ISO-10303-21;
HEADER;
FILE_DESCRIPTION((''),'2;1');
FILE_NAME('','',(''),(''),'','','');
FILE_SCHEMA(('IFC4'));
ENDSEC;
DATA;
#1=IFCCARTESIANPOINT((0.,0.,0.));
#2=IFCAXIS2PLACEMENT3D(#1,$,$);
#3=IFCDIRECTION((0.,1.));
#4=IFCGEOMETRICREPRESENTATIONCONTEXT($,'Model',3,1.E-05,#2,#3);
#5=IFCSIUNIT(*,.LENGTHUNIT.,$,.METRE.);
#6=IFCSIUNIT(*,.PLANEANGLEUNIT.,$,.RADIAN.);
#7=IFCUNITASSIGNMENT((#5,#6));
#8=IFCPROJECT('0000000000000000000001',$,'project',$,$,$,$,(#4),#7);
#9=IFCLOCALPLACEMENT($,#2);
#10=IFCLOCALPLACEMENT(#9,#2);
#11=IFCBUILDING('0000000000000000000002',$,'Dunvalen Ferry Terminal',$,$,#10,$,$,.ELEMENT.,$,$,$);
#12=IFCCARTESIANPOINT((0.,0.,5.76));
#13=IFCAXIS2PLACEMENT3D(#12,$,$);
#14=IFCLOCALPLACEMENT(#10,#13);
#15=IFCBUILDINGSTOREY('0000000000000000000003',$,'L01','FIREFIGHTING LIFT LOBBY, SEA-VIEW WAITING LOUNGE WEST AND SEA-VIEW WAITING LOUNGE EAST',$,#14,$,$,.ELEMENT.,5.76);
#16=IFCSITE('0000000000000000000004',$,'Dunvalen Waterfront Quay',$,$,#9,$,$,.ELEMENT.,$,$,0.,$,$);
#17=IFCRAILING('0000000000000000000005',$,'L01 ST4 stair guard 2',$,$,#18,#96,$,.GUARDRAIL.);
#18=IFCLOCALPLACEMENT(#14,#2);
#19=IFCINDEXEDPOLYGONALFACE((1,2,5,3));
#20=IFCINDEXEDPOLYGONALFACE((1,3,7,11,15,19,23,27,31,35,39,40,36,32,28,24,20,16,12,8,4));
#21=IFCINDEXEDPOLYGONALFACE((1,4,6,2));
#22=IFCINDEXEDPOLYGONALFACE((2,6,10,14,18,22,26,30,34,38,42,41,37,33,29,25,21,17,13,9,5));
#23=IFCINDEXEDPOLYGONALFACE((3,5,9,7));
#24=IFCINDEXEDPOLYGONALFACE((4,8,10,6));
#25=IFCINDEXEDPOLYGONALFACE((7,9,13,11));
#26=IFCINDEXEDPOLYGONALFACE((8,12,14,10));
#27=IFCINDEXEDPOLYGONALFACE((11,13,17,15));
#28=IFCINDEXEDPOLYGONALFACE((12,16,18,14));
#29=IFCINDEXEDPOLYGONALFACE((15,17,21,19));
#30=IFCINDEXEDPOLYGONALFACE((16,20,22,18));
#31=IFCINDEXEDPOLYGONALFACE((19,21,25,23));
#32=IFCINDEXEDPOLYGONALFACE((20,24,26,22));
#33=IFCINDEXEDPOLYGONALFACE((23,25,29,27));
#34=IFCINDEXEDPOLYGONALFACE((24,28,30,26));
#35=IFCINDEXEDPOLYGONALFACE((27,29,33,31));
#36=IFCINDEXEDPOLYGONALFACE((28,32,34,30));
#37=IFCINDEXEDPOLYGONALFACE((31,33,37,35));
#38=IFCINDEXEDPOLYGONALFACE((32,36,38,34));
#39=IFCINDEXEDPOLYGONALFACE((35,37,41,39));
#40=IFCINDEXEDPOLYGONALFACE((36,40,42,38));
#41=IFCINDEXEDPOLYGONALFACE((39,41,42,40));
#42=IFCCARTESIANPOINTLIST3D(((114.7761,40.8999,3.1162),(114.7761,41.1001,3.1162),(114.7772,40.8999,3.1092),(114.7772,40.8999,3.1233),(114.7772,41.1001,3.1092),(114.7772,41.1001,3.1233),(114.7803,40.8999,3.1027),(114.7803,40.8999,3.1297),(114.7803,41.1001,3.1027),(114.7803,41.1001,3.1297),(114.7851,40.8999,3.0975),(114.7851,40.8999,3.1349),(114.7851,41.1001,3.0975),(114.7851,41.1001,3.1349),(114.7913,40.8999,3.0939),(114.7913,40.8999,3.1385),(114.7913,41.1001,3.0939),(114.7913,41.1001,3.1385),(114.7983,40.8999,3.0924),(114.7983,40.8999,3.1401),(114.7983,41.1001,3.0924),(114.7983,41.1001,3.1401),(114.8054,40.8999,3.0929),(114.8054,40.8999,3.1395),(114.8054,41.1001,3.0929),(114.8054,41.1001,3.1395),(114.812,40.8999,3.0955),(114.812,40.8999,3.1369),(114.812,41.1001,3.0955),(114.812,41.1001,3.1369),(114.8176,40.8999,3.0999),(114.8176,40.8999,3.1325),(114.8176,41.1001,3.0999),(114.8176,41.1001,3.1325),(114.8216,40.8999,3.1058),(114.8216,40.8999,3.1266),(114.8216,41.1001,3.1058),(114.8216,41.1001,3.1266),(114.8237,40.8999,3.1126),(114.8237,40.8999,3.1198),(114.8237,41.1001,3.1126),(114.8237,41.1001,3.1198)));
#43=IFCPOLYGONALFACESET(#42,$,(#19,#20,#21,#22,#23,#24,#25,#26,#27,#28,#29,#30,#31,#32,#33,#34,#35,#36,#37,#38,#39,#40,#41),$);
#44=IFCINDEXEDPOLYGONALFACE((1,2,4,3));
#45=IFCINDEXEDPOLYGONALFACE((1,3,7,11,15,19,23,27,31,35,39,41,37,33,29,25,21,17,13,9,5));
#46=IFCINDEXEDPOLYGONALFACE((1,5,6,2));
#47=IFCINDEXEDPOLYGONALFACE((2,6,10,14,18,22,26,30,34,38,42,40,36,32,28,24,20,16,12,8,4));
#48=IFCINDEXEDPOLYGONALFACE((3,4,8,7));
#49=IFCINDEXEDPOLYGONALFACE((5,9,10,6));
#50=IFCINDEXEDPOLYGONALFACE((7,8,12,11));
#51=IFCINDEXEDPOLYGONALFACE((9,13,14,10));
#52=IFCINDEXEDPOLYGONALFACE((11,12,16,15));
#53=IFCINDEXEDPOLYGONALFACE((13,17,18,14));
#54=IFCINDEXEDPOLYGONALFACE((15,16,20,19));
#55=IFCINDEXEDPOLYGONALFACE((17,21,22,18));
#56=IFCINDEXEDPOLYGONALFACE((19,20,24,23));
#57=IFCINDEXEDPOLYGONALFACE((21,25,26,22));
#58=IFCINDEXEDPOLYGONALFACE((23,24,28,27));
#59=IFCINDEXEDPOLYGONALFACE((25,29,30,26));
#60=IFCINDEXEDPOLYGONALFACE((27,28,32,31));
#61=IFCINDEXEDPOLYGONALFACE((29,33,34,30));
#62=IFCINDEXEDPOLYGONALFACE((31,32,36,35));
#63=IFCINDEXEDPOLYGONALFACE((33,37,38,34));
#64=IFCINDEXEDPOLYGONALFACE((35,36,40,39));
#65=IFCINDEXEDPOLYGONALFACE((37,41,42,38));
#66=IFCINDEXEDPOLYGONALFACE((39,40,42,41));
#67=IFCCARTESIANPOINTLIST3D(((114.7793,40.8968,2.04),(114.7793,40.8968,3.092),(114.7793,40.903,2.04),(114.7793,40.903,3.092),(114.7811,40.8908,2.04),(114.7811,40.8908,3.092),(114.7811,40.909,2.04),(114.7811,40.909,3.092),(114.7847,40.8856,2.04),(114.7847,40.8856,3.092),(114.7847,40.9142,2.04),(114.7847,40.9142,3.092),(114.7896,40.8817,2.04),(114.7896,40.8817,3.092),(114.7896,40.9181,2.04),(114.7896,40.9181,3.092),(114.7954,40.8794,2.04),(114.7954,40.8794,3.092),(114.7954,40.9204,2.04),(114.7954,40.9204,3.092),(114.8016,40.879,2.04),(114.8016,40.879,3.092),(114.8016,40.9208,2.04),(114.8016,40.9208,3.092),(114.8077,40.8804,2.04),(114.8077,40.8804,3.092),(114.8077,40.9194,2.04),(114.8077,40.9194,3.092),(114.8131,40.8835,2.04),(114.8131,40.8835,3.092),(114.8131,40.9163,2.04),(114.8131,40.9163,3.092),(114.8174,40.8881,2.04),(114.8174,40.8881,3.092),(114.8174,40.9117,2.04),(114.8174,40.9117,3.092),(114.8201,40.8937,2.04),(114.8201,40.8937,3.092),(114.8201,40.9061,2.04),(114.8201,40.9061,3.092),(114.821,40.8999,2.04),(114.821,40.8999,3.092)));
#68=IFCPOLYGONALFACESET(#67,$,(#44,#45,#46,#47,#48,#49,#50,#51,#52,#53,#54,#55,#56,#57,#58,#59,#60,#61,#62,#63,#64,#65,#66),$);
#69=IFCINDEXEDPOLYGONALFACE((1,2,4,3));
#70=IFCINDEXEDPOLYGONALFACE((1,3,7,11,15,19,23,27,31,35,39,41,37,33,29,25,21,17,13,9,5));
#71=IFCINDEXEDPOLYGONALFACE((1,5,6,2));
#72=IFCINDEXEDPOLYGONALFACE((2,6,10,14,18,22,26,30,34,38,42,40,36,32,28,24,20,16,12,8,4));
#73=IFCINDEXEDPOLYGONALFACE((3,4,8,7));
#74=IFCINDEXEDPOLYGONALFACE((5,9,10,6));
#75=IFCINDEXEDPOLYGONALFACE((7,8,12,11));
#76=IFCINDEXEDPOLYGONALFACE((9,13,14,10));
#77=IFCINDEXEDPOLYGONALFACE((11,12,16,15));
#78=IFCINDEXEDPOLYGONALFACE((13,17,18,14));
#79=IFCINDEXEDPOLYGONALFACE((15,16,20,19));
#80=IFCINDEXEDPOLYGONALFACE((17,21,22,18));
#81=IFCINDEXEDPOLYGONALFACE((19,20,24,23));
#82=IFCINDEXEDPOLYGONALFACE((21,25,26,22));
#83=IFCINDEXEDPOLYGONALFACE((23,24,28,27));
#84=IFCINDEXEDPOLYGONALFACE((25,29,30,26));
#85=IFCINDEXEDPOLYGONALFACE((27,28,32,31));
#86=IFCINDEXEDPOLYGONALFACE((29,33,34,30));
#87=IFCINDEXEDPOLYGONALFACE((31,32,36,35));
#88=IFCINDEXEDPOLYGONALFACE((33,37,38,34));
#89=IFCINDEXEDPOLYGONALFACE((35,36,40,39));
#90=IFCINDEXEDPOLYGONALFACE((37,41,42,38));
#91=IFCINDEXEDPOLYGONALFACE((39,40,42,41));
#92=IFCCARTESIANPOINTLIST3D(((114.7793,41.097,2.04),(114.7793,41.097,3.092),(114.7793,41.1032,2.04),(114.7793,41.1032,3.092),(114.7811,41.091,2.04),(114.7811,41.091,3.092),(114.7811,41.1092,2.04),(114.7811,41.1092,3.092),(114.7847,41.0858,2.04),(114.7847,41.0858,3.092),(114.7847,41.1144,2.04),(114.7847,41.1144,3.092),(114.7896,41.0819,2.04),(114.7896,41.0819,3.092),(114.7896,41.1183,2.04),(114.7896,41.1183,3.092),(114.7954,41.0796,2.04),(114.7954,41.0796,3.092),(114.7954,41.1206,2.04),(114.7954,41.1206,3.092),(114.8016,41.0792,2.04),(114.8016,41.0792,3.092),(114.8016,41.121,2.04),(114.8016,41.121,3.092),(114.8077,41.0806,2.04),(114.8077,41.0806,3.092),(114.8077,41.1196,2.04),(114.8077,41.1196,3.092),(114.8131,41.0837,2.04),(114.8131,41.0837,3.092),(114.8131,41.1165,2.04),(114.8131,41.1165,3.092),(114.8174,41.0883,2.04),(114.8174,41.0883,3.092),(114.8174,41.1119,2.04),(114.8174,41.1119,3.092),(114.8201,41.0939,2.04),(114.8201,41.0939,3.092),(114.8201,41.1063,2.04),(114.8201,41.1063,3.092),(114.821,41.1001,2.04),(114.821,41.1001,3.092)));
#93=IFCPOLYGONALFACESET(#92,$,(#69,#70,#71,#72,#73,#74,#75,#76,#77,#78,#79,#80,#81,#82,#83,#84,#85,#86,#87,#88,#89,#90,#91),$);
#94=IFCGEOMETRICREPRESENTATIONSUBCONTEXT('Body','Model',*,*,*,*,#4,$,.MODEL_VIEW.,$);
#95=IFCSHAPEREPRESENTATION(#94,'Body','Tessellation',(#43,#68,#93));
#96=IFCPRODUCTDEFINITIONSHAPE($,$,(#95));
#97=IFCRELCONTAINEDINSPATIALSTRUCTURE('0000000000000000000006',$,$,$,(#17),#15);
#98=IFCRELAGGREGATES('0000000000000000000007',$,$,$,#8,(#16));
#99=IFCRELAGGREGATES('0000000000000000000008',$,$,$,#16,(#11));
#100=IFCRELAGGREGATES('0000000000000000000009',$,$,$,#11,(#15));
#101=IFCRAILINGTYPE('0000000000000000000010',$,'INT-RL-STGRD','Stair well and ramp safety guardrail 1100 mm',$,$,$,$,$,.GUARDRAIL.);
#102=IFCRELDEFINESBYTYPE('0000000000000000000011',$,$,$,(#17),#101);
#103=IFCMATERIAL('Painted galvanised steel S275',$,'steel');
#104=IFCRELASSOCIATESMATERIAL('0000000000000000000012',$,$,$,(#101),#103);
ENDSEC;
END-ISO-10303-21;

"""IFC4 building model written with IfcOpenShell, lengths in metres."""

from ifc_helpers import new_model, si_unit, direction, frame, origin, origin_2d, place, context, subcontext, project, spatial, circle, extrude, material, type_object, element, save


model = new_model("IFC4")

# Units and contexts
model_context = context("Model", 3, precision=1e-05, world=origin(), true_north=direction((0.0, 1.0)))
body_context = subcontext(model_context, "Body", "Model", "MODEL_VIEW")
ifc_project = project(units=[si_unit("LENGTHUNIT", "METRE"), si_unit("PLANEANGLEUNIT", "RADIAN")], contexts=[model_context])

# Site, building, storey
site_placement = place(None, origin())
site = spatial("IfcSite", under=ifc_project, at=site_placement, Name="Dunvalen Waterfront Quay", CompositionType="ELEMENT", RefElevation=0.0)
building_placement = place(site_placement, origin())
building = spatial("IfcBuilding", under=site, at=building_placement, Name="Dunvalen Ferry Terminal", CompositionType="ELEMENT")
storey_placement = place(building_placement, frame((0.0, 0.0, 5.76)))
storey = spatial("IfcBuildingStorey", under=building, at=storey_placement, Name="L01", Description="FIREFIGHTING LIFT LOBBY, SEA-VIEW WAITING LOUNGE WEST AND SEA-VIEW WAITING LOUNGE EAST", CompositionType="ELEMENT", Elevation=5.76)

# Railing
ifc_material_1 = material(Name="Painted galvanised steel S275", Category="steel")
railing_type_1 = type_object("IfcRailingType", Name="INT-RL-STGRD", Description="Stair well and ramp safety guardrail 1100 mm", PredefinedType="GUARDRAIL", material=ifc_material_1)
railing_1_placement = place(storey_placement, frame((114.8, 40.8999, 2.04)))
element("IfcRailing", 1, at=railing_1_placement, inside=storey, type_object=railing_type_1, Name="L01 ST4 stair guard 2", PredefinedType="GUARDRAIL", context=body_context, shape_type="SweptSolid", body=[
    extrude(circle(Radius=0.0239, at=origin_2d()), frame((0.0, 0.0, 1.0762), z_axis=(0.0, 1.0, 0.0), x_axis=(-1.0, 0.0, 0.0)), (0.0, 0.0, 1.0), 0.2002),
    extrude(circle(Radius=0.021, at=origin_2d()), origin(), (0.0, 0.0, 1.0), 1.052),
    extrude(circle(Radius=0.021, at=origin_2d()), frame((0.0, 0.2002, 0.0)), (0.0, 0.0, 1.0), 1.052),
])

save(model, "model.ifc")
